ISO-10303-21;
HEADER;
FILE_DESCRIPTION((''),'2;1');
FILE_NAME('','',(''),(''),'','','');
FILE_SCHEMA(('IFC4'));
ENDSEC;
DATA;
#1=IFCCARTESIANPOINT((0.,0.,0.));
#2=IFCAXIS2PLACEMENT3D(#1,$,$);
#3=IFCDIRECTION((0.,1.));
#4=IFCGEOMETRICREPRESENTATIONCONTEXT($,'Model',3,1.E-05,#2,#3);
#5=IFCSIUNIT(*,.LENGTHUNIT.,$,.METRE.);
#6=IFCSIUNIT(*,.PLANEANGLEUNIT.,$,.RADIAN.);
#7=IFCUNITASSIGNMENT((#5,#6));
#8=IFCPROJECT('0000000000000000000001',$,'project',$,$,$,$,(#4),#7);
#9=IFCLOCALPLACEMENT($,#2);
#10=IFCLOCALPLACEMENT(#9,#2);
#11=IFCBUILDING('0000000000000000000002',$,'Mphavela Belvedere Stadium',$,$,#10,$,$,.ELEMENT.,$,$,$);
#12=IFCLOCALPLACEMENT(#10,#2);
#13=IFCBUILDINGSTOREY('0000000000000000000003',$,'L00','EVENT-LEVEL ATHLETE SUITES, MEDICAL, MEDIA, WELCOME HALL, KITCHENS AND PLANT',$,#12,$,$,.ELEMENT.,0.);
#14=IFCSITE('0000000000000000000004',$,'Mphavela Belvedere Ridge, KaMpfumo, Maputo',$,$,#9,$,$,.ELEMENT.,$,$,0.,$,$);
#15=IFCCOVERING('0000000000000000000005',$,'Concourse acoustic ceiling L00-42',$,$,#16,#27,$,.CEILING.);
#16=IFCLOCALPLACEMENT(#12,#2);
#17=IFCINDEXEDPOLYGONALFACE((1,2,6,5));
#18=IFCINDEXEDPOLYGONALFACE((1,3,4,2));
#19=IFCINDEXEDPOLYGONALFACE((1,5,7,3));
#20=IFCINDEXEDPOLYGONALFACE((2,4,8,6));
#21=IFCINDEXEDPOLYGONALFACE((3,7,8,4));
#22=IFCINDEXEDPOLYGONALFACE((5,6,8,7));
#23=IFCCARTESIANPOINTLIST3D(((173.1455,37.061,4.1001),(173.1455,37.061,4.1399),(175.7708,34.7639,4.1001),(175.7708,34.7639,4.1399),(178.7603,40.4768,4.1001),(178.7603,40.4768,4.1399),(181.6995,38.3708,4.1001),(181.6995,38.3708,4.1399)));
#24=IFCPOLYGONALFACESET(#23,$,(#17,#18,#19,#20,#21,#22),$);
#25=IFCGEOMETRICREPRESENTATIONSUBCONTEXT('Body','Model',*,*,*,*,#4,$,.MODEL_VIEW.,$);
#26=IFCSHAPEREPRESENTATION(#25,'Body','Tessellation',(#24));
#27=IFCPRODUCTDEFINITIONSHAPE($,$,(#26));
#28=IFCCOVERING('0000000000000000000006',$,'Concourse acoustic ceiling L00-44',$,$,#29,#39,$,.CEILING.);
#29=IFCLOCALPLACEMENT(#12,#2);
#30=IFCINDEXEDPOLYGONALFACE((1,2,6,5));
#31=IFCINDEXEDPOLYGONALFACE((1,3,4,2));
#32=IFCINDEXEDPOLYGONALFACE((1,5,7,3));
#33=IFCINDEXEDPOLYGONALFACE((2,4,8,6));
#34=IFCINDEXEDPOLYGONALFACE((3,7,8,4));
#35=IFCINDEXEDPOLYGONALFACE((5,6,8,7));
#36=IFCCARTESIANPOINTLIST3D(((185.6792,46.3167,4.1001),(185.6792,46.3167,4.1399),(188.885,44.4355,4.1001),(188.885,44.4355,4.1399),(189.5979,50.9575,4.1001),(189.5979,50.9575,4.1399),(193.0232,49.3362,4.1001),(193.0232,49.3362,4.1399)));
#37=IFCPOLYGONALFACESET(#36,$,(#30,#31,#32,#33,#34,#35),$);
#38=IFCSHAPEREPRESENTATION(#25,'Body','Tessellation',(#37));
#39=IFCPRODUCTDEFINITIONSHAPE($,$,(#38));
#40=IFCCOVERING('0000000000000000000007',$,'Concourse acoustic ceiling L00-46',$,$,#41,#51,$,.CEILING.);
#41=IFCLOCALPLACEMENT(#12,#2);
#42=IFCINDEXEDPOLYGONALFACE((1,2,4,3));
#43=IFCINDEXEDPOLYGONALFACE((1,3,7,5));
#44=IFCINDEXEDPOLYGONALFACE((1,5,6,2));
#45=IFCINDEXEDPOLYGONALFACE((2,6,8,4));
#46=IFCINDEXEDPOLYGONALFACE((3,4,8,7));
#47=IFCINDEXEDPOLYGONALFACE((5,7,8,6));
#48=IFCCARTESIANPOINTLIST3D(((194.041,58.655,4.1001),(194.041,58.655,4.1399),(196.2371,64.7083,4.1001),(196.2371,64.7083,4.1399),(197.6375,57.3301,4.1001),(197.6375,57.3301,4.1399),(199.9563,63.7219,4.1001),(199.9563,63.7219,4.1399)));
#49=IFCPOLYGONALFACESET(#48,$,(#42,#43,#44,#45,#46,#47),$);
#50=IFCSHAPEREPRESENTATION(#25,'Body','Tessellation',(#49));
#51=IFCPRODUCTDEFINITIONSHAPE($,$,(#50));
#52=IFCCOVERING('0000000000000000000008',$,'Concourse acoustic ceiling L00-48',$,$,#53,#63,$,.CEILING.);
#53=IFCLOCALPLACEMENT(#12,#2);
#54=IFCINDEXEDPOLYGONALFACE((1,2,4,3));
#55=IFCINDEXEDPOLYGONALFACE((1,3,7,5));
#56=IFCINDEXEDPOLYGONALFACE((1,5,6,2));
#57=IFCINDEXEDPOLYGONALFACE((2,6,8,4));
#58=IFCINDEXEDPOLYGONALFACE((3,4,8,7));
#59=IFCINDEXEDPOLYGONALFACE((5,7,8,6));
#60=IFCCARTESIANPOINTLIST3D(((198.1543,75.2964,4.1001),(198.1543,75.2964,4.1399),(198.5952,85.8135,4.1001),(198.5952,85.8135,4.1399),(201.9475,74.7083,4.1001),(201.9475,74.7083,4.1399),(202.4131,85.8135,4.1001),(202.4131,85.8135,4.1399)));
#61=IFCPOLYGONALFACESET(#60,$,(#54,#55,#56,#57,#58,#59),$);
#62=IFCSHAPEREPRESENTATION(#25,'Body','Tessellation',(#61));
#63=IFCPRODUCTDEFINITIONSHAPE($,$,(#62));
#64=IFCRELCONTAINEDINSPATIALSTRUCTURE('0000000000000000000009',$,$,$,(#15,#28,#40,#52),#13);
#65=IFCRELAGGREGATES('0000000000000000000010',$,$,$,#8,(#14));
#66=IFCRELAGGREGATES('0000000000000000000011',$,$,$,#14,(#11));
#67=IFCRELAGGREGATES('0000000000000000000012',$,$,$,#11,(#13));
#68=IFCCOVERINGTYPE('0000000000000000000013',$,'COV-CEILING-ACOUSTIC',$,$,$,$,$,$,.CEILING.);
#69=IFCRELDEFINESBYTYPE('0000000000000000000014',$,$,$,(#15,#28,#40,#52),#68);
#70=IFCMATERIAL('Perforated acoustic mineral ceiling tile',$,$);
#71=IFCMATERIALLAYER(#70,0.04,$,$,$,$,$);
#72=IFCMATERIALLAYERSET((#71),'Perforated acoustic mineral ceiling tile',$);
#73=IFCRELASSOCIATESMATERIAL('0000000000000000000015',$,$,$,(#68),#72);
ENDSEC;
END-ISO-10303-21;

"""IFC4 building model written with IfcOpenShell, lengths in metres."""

from ifc_helpers import new_model, si_unit, direction, frame, origin, place, context, subcontext, project, spatial, polyline, outline, extrude, material, layer, layer_set, type_object, element, save


model = new_model("IFC4")

# Units and contexts
model_context = context("Model", 3, precision=1e-05, world=origin(), true_north=direction((0.0, 1.0)))
body_context = subcontext(model_context, "Body", "Model", "MODEL_VIEW")
ifc_project = project(units=[si_unit("LENGTHUNIT", "METRE"), si_unit("PLANEANGLEUNIT", "RADIAN")], contexts=[model_context])

# Site, building, storey
site_placement = place(None, origin())
site = spatial("IfcSite", under=ifc_project, at=site_placement, Name="Mphavela Belvedere Ridge, KaMpfumo, Maputo", CompositionType="ELEMENT", RefElevation=0.0)
building_placement = place(site_placement, origin())
building = spatial("IfcBuilding", under=site, at=building_placement, Name="Mphavela Belvedere Stadium", CompositionType="ELEMENT")
storey_placement = place(building_placement, origin())
storey = spatial("IfcBuildingStorey", under=building, at=storey_placement, Name="L00", Description="EVENT-LEVEL ATHLETE SUITES, MEDICAL, MEDIA, WELCOME HALL, KITCHENS AND PLANT", CompositionType="ELEMENT", Elevation=0.0)

# Coverings
ifc_material_1 = material(Name="Perforated acoustic mineral ceiling tile")
ifc_layer_1 = layer(ifc_material_1, 0.04)
ifc_layer_set_1 = layer_set([ifc_layer_1], Name="Perforated acoustic mineral ceiling tile")
covering_type = type_object("IfcCoveringType", Name="COV-CEILING-ACOUSTIC", PredefinedType="CEILING", material=ifc_layer_set_1)
covering_1_placement = place(storey_placement, frame((0.0, 0.0, 4.1001)))
element("IfcCovering", 1, at=covering_1_placement, inside=storey, type_object=covering_type, Name="Concourse acoustic ceiling L00-42", PredefinedType="CEILING", context=body_context, shape_type="SweptSolid", body=[
    extrude(outline(polyline([(173.1455, 37.061), (178.7603, 40.4768), (181.6995, 38.3708), (175.7708, 34.7639), (173.1455, 37.061)])), origin(), (0.0, 0.0, 1.0), 0.0398),
])
covering_2_placement = place(storey_placement, frame((0.0, 0.0, 4.1001)))
element("IfcCovering", 2, at=covering_2_placement, inside=storey, type_object=covering_type, Name="Concourse acoustic ceiling L00-44", PredefinedType="CEILING", context=body_context, shape_type="SweptSolid", body=[
    extrude(outline(polyline([(185.6792, 46.3167), (189.5979, 50.9575), (193.0232, 49.3362), (188.885, 44.4355), (185.6792, 46.3167)])), origin(), (0.0, 0.0, 1.0), 0.0398),
])
covering_3_placement = place(storey_placement, frame((0.0, 0.0, 4.1001)))
element("IfcCovering", 3, at=covering_3_placement, inside=storey, type_object=covering_type, Name="Concourse acoustic ceiling L00-46", PredefinedType="CEILING", context=body_context, shape_type="SweptSolid", body=[
    extrude(outline(polyline([(194.041, 58.655), (196.2371, 64.7083), (199.9563, 63.7219), (197.6375, 57.3301), (194.041, 58.655)])), origin(), (0.0, 0.0, 1.0), 0.0398),
])
covering_4_placement = place(storey_placement, frame((0.0, 0.0, 4.1001)))
element("IfcCovering", 4, at=covering_4_placement, inside=storey, type_object=covering_type, Name="Concourse acoustic ceiling L00-48", PredefinedType="CEILING", context=body_context, shape_type="SweptSolid", body=[
    extrude(outline(polyline([(198.1543, 75.2964), (198.5952, 85.8135), (202.4131, 85.8135), (201.9475, 74.7083), (198.1543, 75.2964)])), origin(), (0.0, 0.0, 1.0), 0.0398),
])

save(model, "model.ifc")
